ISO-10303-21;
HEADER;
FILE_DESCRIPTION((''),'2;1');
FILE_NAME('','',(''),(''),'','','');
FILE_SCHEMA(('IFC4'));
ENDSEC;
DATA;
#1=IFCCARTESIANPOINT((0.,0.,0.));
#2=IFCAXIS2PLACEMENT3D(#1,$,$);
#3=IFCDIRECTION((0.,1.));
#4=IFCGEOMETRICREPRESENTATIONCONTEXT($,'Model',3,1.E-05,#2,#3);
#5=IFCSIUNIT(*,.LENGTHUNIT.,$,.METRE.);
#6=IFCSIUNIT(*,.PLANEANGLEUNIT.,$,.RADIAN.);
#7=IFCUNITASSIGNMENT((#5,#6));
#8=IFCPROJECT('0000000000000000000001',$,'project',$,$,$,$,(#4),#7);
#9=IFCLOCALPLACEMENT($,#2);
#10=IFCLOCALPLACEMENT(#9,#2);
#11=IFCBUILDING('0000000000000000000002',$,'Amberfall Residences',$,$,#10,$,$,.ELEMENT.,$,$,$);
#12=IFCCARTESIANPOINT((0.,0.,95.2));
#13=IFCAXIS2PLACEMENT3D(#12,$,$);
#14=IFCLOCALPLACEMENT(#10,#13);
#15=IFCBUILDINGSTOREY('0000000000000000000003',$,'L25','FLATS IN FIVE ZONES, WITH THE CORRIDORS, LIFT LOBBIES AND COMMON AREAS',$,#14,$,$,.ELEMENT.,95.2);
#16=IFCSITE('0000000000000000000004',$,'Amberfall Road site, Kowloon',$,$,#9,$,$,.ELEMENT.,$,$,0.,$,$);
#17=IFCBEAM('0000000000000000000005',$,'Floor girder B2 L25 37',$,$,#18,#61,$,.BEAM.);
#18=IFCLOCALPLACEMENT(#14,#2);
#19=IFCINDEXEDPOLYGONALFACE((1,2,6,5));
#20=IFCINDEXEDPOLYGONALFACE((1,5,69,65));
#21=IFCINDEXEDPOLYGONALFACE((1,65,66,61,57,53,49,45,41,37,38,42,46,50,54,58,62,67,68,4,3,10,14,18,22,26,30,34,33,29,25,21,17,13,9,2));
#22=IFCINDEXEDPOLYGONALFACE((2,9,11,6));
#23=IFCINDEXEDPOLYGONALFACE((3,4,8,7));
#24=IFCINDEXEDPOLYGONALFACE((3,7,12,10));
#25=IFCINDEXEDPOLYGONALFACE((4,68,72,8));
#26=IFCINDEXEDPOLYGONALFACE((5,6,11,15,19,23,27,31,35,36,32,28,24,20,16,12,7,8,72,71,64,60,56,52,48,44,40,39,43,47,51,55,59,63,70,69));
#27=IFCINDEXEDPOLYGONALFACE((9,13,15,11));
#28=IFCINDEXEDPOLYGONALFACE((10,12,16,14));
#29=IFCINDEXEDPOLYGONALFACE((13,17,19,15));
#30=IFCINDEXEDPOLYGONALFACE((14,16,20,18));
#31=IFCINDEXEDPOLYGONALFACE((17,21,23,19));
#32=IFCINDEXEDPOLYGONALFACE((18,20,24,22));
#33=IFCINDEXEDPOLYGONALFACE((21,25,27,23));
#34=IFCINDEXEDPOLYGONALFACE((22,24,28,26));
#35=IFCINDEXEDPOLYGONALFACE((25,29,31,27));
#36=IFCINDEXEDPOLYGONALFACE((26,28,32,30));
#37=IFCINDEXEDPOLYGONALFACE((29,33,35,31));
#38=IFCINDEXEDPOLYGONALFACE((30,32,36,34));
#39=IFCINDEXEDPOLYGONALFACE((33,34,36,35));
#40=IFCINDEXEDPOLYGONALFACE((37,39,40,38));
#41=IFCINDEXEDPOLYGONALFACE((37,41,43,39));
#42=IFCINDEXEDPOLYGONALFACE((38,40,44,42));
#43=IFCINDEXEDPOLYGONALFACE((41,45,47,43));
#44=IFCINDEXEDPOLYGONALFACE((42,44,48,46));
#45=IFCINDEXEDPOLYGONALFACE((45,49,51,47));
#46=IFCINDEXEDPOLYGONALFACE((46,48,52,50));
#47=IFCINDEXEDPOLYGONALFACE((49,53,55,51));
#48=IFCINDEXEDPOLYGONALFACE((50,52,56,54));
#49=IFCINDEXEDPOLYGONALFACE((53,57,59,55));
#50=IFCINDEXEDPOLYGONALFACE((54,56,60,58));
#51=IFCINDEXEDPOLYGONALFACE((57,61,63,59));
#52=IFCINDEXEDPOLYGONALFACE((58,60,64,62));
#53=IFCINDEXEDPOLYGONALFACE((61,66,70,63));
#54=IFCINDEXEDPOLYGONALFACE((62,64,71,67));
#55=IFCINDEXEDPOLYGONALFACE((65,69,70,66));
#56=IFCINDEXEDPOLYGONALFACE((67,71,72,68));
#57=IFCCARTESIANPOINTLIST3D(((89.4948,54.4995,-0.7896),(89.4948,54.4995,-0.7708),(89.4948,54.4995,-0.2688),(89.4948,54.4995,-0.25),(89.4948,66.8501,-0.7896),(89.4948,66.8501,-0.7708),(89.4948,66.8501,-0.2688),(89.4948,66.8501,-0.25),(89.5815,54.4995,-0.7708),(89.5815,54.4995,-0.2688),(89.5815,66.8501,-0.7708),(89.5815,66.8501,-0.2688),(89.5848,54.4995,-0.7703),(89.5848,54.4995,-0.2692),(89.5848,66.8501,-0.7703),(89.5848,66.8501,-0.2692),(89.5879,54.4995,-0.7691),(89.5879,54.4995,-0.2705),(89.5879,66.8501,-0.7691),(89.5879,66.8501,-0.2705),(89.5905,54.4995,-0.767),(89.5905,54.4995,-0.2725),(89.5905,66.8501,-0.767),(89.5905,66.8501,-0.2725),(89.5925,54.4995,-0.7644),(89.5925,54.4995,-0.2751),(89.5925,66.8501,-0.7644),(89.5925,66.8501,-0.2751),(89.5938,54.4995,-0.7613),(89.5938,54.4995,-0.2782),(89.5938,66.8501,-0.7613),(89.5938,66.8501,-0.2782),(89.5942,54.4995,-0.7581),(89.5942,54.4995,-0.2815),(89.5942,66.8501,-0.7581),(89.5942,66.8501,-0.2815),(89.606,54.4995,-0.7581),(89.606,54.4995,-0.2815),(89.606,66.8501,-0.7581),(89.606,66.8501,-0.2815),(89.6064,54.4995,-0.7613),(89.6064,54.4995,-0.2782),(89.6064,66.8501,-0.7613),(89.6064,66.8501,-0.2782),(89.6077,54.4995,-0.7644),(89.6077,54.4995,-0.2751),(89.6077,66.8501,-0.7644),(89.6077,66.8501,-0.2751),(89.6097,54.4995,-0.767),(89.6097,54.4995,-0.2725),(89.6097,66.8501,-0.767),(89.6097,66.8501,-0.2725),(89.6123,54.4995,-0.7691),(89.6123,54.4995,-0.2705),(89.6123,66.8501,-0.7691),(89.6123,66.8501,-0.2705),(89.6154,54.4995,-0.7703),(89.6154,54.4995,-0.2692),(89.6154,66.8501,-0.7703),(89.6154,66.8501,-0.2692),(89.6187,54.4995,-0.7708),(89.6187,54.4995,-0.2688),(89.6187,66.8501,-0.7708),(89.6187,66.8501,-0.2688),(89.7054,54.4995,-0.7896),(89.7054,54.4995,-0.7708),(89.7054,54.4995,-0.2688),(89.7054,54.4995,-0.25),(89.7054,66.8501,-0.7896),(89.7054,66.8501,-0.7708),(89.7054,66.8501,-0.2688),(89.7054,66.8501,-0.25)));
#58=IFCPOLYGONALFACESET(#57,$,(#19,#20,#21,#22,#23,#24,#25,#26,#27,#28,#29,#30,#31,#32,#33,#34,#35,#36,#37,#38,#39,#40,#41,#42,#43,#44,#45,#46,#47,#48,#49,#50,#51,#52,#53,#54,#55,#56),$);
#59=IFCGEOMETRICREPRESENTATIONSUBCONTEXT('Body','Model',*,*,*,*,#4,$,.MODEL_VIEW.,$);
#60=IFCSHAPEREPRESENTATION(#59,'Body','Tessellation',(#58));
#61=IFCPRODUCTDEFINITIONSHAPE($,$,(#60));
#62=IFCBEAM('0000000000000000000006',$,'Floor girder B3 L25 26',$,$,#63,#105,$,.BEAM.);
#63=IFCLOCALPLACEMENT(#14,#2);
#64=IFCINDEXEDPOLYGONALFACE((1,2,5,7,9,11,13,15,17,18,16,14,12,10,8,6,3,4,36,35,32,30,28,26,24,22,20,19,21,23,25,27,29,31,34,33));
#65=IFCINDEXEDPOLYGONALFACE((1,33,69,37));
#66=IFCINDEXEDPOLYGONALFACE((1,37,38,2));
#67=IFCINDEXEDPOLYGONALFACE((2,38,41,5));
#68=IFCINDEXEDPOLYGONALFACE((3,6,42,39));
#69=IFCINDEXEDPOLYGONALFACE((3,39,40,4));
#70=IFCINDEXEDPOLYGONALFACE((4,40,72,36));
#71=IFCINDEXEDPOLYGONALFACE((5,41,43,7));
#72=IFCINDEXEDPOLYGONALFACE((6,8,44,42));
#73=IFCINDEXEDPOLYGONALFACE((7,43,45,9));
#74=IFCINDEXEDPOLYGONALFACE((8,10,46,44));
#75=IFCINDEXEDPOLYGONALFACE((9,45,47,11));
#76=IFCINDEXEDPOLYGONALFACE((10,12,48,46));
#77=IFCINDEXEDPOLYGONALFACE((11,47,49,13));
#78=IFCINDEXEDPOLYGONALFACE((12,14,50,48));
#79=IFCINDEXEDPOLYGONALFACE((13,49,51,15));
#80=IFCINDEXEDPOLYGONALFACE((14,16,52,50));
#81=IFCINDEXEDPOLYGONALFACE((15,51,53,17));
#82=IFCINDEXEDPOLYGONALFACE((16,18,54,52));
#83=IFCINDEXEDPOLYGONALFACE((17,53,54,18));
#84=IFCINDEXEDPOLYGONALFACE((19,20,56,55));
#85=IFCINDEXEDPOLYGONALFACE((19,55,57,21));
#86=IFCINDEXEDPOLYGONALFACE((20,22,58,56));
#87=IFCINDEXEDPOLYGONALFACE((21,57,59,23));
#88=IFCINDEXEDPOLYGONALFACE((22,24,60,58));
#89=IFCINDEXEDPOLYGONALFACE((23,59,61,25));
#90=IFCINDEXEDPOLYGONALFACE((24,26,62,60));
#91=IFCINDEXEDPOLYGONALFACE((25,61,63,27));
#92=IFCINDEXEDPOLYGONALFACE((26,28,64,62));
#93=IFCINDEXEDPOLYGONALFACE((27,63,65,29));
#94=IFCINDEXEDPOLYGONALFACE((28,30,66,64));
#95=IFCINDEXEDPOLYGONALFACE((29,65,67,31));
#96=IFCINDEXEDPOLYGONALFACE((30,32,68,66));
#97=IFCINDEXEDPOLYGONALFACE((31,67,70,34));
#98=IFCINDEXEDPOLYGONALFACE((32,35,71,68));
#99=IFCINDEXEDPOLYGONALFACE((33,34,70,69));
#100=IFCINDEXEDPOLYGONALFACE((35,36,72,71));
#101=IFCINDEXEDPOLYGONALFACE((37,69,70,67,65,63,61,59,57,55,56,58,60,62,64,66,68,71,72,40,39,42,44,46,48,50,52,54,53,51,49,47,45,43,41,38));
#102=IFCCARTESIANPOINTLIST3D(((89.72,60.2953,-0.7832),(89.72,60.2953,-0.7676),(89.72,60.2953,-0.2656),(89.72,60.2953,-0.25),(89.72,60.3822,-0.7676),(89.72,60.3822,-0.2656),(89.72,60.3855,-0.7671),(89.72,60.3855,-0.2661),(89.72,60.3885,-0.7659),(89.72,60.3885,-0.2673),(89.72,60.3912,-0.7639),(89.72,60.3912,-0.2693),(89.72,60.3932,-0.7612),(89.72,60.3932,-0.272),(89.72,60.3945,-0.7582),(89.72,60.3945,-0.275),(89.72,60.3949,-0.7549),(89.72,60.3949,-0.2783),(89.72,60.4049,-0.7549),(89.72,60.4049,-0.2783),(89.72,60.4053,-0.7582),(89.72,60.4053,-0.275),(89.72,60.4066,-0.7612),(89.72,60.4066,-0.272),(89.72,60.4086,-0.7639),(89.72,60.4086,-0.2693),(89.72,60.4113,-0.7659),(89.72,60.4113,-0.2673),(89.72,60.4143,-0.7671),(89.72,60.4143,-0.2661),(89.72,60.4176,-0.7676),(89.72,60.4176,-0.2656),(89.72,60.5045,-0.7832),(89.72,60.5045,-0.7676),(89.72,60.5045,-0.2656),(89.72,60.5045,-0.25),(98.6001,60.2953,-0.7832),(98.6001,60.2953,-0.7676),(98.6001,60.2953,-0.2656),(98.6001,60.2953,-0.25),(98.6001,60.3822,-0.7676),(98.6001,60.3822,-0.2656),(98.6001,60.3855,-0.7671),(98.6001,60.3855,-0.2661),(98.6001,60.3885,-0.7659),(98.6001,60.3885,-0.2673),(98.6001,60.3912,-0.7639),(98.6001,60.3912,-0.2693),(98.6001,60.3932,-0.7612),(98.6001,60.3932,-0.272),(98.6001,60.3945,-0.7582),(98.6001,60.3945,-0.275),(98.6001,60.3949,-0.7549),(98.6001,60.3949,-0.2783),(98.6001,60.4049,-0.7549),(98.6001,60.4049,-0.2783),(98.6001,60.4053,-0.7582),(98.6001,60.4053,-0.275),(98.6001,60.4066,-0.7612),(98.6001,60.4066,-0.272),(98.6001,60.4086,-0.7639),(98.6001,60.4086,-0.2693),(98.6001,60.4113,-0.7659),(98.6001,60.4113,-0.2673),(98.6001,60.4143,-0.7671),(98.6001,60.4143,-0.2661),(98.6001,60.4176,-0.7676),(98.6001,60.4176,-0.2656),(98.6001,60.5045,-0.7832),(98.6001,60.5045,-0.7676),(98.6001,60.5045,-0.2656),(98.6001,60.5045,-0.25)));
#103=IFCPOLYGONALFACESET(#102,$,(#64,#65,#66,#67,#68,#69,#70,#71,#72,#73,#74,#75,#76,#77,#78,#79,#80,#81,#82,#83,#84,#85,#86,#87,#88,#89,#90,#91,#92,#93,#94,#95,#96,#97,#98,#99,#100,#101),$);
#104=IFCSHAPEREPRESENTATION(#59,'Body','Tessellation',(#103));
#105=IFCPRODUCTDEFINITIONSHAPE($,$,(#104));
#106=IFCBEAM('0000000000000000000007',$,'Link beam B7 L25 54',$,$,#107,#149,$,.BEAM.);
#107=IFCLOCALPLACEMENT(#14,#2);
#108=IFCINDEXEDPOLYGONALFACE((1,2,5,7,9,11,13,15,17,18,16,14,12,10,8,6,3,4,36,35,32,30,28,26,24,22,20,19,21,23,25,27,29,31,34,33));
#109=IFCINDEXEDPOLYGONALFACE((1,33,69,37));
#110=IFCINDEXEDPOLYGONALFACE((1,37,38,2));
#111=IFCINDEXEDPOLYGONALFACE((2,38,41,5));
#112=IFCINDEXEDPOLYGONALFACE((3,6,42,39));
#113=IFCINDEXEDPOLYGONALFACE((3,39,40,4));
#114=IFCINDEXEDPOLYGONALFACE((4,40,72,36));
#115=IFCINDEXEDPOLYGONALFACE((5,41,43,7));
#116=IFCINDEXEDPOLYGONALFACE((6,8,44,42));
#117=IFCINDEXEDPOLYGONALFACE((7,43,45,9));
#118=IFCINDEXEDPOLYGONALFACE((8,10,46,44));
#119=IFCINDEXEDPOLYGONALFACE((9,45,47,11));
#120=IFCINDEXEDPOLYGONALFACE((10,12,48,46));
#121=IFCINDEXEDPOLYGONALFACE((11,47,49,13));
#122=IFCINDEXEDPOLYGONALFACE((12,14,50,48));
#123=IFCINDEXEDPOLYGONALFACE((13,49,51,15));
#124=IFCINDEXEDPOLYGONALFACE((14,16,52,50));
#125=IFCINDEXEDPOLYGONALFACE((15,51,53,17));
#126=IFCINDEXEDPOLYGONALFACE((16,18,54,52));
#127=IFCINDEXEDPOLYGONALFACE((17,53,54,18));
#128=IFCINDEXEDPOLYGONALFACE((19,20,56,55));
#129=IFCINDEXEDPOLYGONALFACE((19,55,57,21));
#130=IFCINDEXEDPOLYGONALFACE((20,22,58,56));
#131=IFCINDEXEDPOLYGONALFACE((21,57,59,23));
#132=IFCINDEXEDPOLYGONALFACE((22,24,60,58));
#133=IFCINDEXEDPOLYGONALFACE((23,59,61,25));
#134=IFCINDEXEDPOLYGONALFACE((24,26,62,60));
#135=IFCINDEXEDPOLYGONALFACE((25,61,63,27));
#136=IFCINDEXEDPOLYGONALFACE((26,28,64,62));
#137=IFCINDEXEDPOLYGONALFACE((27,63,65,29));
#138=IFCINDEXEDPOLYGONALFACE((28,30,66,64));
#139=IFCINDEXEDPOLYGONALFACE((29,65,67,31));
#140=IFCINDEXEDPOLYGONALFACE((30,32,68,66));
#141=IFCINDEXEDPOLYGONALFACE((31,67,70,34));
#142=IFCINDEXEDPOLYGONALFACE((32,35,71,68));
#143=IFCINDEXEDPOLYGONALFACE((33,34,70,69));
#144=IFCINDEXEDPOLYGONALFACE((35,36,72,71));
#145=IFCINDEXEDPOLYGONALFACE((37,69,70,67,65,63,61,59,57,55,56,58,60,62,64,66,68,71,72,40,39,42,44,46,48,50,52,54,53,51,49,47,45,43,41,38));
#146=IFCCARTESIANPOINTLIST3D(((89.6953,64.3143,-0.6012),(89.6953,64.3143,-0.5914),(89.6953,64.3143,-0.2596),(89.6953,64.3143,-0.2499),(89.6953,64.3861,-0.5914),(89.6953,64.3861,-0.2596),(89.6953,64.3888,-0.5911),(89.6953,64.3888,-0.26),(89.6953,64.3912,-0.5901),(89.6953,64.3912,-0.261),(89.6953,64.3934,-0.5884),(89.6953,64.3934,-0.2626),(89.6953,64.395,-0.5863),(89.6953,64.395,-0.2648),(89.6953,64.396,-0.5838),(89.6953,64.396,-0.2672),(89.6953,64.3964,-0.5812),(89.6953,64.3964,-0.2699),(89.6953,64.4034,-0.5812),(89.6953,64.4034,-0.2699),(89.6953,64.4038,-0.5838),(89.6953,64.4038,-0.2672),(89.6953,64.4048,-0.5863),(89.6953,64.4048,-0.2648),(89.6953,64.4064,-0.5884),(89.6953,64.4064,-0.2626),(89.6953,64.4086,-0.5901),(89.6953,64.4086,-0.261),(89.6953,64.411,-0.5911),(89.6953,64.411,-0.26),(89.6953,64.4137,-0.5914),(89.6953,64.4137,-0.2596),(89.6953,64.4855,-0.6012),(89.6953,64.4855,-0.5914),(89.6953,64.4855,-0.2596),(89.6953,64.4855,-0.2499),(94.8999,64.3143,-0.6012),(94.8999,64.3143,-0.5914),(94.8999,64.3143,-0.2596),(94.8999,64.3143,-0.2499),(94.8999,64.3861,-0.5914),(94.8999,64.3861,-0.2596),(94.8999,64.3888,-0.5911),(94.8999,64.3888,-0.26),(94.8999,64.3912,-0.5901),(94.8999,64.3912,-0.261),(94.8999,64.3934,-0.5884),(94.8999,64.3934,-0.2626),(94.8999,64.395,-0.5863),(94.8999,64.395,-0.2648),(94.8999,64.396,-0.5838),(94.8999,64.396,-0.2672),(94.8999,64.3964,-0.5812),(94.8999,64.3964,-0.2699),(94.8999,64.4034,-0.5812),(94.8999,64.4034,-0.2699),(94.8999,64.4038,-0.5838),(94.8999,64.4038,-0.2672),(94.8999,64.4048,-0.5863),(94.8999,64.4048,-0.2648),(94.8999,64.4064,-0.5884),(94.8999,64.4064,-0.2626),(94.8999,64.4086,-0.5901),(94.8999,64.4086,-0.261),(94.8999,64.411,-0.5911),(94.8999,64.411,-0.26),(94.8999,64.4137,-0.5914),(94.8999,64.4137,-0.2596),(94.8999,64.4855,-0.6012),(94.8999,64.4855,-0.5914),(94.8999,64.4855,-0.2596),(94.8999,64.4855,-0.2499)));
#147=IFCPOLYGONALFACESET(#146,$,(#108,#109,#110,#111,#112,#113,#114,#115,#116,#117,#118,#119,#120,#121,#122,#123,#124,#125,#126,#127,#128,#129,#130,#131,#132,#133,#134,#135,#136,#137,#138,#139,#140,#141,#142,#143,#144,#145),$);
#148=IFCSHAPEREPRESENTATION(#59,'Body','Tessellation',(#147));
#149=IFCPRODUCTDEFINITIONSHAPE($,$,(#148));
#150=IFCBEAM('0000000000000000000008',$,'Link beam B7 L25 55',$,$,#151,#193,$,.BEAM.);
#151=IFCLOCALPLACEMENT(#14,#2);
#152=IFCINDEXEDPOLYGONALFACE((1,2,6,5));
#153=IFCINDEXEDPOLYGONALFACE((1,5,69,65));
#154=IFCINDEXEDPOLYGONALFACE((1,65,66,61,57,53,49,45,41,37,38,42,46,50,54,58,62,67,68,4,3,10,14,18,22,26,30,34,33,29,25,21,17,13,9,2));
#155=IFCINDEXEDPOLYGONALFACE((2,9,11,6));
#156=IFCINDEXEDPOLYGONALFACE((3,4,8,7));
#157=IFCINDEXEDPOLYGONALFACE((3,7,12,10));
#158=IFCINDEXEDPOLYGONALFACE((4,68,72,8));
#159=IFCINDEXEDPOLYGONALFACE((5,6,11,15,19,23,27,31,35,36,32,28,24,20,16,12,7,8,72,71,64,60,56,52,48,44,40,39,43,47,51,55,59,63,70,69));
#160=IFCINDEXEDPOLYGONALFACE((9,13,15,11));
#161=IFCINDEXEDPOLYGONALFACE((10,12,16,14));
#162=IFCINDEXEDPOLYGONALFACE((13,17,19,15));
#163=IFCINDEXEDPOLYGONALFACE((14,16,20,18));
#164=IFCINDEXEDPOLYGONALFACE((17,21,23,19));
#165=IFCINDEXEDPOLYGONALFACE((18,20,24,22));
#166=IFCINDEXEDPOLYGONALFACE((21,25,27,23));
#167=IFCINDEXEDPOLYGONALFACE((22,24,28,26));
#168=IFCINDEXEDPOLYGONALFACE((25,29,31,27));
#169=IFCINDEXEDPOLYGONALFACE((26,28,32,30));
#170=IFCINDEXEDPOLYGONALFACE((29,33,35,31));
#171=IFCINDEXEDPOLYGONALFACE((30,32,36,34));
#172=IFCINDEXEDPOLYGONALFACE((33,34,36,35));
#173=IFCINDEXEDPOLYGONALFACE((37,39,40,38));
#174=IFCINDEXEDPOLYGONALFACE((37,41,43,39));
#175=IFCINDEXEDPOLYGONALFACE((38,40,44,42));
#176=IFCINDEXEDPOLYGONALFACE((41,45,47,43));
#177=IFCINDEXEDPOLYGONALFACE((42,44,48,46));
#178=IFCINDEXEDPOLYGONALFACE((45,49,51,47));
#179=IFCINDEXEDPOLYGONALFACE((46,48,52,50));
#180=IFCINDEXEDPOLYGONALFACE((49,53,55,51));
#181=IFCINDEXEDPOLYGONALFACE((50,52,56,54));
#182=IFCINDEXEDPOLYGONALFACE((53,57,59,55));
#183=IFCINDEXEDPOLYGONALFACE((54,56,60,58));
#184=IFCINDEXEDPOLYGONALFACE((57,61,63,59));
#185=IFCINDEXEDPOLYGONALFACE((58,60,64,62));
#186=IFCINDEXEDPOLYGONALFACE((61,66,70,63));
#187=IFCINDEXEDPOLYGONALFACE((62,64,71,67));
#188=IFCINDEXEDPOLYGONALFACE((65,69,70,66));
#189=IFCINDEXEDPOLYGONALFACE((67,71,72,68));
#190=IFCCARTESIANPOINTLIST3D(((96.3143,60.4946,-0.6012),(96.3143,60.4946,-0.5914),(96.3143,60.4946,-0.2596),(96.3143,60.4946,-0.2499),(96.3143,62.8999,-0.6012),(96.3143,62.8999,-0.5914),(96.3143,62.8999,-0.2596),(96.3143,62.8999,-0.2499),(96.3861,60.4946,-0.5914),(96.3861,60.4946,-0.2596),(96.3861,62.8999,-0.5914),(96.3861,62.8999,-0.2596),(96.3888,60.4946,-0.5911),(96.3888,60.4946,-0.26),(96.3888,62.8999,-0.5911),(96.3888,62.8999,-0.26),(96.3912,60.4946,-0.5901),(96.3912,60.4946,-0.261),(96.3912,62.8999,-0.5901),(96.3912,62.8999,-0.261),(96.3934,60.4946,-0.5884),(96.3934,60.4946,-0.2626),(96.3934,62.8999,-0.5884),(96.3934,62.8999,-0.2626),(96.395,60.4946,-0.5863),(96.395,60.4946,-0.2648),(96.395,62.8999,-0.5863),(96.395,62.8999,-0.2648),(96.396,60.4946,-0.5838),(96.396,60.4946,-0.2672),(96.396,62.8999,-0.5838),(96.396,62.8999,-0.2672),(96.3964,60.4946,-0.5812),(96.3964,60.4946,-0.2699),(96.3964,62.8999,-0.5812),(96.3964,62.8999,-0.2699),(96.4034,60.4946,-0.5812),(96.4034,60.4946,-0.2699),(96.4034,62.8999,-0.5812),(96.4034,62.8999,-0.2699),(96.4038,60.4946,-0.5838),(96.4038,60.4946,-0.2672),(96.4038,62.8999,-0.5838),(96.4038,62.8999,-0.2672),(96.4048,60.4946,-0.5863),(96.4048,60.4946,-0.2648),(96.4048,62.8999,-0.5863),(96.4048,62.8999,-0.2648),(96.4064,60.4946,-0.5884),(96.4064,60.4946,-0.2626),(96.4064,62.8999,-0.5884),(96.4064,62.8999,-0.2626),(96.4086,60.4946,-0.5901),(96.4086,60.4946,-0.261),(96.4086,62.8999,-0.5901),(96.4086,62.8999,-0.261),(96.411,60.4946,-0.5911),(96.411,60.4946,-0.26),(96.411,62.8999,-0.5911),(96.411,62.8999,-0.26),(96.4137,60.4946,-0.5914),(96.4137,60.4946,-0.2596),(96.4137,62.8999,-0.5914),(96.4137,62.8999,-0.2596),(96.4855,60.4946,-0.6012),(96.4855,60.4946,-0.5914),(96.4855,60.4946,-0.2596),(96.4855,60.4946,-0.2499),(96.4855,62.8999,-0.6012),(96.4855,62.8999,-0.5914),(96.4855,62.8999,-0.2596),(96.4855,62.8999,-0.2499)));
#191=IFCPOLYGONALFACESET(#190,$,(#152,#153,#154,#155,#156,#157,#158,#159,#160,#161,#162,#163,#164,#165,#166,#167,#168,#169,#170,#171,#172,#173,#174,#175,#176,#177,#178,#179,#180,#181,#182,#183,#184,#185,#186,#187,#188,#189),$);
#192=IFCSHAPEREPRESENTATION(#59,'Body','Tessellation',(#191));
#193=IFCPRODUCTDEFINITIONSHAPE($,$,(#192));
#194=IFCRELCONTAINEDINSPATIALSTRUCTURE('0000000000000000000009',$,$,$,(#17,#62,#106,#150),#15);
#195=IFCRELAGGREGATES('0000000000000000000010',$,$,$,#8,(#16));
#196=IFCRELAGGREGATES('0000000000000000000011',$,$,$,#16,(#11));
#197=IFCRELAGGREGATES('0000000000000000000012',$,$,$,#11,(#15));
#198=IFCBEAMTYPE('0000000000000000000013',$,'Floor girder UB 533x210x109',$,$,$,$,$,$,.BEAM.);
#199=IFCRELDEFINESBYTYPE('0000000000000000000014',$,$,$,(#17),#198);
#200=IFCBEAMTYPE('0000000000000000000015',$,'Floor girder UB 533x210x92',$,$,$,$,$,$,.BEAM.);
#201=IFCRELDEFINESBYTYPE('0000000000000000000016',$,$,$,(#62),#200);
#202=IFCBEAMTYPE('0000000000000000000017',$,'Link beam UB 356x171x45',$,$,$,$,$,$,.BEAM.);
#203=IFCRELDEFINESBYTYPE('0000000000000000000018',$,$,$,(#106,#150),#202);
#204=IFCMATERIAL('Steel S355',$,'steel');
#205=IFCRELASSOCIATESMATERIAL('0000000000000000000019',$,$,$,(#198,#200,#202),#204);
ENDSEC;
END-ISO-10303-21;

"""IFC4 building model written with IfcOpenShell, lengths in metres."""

from ifc_helpers import new_model, si_unit, direction, frame, origin, origin_2d, place, context, subcontext, project, spatial, i_section, extrude, material, material_profile, profile_set, type_object, element, save


model = new_model("IFC4")

# Units and contexts
model_context = context("Model", 3, precision=1e-05, world=origin(), true_north=direction((0.0, 1.0)))
body_context = subcontext(model_context, "Body", "Model", "MODEL_VIEW")
ifc_project = project(units=[si_unit("LENGTHUNIT", "METRE"), si_unit("PLANEANGLEUNIT", "RADIAN")], contexts=[model_context])

# Site, building, storey
site_placement = place(None, origin())
site = spatial("IfcSite", under=ifc_project, at=site_placement, Name="Amberfall Road site, Kowloon", CompositionType="ELEMENT", RefElevation=0.0)
building_placement = place(site_placement, origin())
building = spatial("IfcBuilding", under=site, at=building_placement, Name="Amberfall Residences", CompositionType="ELEMENT")
storey_placement = place(building_placement, frame((0.0, 0.0, 95.2)))
storey = spatial("IfcBuildingStorey", under=building, at=storey_placement, Name="L25", Description="FLATS IN FIVE ZONES, WITH THE CORRIDORS, LIFT LOBBIES AND COMMON AREAS", CompositionType="ELEMENT", Elevation=95.2)

# Beams
ifc_material_1 = material(Name="Steel S355", Category="steel")
ifc_material_profile_1 = material_profile(ifc_material_1, i_section(OverallWidth=0.2107, OverallDepth=0.5396, WebThickness=0.0117, FlangeThickness=0.0188, FilletRadius=0.0127, at=origin_2d()), Name="UB 533x210x109")
ifc_profile_set_1 = profile_set([ifc_material_profile_1], Name="Steel S355")
beam_type_1 = type_object("IfcBeamType", Name="Floor girder UB 533x210x109", PredefinedType="BEAM", material=ifc_profile_set_1)
beam_1_placement = place(storey_placement, frame((89.6001, 66.8501, -0.5198), z_axis=(0.0, -1.0, 0.0), x_axis=(1.0, 0.0, 0.0)))
element("IfcBeam", 1, at=beam_1_placement, inside=storey, type_object=beam_type_1, Name="Floor girder B2 L25 37", PredefinedType="BEAM", context=body_context, shape_type="SweptSolid", body=[
    extrude(i_section(OverallWidth=0.2107, OverallDepth=0.5396, WebThickness=0.0117, FlangeThickness=0.0188, FilletRadius=0.0127, at=origin_2d()), origin(), (0.0, 0.0, 1.0), 12.3506),
])
ifc_material_profile_2 = material_profile(ifc_material_1, i_section(OverallWidth=0.2092, OverallDepth=0.5332, WebThickness=0.01, FlangeThickness=0.0156, FilletRadius=0.0127, at=origin_2d()), Name="UB 533x210x92")
ifc_profile_set_2 = profile_set([ifc_material_profile_2], Name="Steel S355")
beam_type_2 = type_object("IfcBeamType", Name="Floor girder UB 533x210x92", PredefinedType="BEAM", material=ifc_profile_set_2)
beam_2_placement = place(storey_placement, frame((98.6001, 60.3999, -0.5166), z_axis=(-1.0, 0.0, 0.0), x_axis=(0.0, -1.0, 0.0)))
element("IfcBeam", 2, at=beam_2_placement, inside=storey, type_object=beam_type_2, Name="Floor girder B3 L25 26", PredefinedType="BEAM", context=body_context, shape_type="SweptSolid", body=[
    extrude(i_section(OverallWidth=0.2092, OverallDepth=0.5332, WebThickness=0.01, FlangeThickness=0.0156, FilletRadius=0.0127, at=origin_2d()), origin(), (0.0, 0.0, 1.0), 8.8801),
])
ifc_material_profile_3 = material_profile(ifc_material_1, i_section(OverallWidth=0.1711, OverallDepth=0.3513, WebThickness=0.0071, FlangeThickness=0.0098, FilletRadius=0.0103, at=origin_2d()), Name="UB 356x171x45")
ifc_profile_set_3 = profile_set([ifc_material_profile_3], Name="Steel S355")
beam_type_3 = type_object("IfcBeamType", Name="Link beam UB 356x171x45", PredefinedType="BEAM", material=ifc_profile_set_3)
beam_3_placement = place(storey_placement, frame((94.8999, 64.3999, -0.4255), z_axis=(-1.0, 0.0, 0.0), x_axis=(0.0, -1.0, 0.0)))
element("IfcBeam", 3, at=beam_3_placement, inside=storey, type_object=beam_type_3, Name="Link beam B7 L25 54", PredefinedType="BEAM", context=body_context, shape_type="SweptSolid", body=[
    extrude(i_section(OverallWidth=0.1711, OverallDepth=0.3513, WebThickness=0.0071, FlangeThickness=0.0098, FilletRadius=0.0103, at=origin_2d()), origin(), (0.0, 0.0, 1.0), 5.2046),
])
beam_4_placement = place(storey_placement, frame((96.3999, 62.8999, -0.4255), z_axis=(0.0, -1.0, 0.0), x_axis=(1.0, 0.0, 0.0)))
element("IfcBeam", 4, at=beam_4_placement, inside=storey, type_object=beam_type_3, Name="Link beam B7 L25 55", PredefinedType="BEAM", context=body_context, shape_type="SweptSolid", body=[
    extrude(i_section(OverallWidth=0.1711, OverallDepth=0.3513, WebThickness=0.0071, FlangeThickness=0.0098, FilletRadius=0.0103, at=origin_2d()), origin(), (0.0, 0.0, 1.0), 2.4053),
])

save(model, "model.ifc")
